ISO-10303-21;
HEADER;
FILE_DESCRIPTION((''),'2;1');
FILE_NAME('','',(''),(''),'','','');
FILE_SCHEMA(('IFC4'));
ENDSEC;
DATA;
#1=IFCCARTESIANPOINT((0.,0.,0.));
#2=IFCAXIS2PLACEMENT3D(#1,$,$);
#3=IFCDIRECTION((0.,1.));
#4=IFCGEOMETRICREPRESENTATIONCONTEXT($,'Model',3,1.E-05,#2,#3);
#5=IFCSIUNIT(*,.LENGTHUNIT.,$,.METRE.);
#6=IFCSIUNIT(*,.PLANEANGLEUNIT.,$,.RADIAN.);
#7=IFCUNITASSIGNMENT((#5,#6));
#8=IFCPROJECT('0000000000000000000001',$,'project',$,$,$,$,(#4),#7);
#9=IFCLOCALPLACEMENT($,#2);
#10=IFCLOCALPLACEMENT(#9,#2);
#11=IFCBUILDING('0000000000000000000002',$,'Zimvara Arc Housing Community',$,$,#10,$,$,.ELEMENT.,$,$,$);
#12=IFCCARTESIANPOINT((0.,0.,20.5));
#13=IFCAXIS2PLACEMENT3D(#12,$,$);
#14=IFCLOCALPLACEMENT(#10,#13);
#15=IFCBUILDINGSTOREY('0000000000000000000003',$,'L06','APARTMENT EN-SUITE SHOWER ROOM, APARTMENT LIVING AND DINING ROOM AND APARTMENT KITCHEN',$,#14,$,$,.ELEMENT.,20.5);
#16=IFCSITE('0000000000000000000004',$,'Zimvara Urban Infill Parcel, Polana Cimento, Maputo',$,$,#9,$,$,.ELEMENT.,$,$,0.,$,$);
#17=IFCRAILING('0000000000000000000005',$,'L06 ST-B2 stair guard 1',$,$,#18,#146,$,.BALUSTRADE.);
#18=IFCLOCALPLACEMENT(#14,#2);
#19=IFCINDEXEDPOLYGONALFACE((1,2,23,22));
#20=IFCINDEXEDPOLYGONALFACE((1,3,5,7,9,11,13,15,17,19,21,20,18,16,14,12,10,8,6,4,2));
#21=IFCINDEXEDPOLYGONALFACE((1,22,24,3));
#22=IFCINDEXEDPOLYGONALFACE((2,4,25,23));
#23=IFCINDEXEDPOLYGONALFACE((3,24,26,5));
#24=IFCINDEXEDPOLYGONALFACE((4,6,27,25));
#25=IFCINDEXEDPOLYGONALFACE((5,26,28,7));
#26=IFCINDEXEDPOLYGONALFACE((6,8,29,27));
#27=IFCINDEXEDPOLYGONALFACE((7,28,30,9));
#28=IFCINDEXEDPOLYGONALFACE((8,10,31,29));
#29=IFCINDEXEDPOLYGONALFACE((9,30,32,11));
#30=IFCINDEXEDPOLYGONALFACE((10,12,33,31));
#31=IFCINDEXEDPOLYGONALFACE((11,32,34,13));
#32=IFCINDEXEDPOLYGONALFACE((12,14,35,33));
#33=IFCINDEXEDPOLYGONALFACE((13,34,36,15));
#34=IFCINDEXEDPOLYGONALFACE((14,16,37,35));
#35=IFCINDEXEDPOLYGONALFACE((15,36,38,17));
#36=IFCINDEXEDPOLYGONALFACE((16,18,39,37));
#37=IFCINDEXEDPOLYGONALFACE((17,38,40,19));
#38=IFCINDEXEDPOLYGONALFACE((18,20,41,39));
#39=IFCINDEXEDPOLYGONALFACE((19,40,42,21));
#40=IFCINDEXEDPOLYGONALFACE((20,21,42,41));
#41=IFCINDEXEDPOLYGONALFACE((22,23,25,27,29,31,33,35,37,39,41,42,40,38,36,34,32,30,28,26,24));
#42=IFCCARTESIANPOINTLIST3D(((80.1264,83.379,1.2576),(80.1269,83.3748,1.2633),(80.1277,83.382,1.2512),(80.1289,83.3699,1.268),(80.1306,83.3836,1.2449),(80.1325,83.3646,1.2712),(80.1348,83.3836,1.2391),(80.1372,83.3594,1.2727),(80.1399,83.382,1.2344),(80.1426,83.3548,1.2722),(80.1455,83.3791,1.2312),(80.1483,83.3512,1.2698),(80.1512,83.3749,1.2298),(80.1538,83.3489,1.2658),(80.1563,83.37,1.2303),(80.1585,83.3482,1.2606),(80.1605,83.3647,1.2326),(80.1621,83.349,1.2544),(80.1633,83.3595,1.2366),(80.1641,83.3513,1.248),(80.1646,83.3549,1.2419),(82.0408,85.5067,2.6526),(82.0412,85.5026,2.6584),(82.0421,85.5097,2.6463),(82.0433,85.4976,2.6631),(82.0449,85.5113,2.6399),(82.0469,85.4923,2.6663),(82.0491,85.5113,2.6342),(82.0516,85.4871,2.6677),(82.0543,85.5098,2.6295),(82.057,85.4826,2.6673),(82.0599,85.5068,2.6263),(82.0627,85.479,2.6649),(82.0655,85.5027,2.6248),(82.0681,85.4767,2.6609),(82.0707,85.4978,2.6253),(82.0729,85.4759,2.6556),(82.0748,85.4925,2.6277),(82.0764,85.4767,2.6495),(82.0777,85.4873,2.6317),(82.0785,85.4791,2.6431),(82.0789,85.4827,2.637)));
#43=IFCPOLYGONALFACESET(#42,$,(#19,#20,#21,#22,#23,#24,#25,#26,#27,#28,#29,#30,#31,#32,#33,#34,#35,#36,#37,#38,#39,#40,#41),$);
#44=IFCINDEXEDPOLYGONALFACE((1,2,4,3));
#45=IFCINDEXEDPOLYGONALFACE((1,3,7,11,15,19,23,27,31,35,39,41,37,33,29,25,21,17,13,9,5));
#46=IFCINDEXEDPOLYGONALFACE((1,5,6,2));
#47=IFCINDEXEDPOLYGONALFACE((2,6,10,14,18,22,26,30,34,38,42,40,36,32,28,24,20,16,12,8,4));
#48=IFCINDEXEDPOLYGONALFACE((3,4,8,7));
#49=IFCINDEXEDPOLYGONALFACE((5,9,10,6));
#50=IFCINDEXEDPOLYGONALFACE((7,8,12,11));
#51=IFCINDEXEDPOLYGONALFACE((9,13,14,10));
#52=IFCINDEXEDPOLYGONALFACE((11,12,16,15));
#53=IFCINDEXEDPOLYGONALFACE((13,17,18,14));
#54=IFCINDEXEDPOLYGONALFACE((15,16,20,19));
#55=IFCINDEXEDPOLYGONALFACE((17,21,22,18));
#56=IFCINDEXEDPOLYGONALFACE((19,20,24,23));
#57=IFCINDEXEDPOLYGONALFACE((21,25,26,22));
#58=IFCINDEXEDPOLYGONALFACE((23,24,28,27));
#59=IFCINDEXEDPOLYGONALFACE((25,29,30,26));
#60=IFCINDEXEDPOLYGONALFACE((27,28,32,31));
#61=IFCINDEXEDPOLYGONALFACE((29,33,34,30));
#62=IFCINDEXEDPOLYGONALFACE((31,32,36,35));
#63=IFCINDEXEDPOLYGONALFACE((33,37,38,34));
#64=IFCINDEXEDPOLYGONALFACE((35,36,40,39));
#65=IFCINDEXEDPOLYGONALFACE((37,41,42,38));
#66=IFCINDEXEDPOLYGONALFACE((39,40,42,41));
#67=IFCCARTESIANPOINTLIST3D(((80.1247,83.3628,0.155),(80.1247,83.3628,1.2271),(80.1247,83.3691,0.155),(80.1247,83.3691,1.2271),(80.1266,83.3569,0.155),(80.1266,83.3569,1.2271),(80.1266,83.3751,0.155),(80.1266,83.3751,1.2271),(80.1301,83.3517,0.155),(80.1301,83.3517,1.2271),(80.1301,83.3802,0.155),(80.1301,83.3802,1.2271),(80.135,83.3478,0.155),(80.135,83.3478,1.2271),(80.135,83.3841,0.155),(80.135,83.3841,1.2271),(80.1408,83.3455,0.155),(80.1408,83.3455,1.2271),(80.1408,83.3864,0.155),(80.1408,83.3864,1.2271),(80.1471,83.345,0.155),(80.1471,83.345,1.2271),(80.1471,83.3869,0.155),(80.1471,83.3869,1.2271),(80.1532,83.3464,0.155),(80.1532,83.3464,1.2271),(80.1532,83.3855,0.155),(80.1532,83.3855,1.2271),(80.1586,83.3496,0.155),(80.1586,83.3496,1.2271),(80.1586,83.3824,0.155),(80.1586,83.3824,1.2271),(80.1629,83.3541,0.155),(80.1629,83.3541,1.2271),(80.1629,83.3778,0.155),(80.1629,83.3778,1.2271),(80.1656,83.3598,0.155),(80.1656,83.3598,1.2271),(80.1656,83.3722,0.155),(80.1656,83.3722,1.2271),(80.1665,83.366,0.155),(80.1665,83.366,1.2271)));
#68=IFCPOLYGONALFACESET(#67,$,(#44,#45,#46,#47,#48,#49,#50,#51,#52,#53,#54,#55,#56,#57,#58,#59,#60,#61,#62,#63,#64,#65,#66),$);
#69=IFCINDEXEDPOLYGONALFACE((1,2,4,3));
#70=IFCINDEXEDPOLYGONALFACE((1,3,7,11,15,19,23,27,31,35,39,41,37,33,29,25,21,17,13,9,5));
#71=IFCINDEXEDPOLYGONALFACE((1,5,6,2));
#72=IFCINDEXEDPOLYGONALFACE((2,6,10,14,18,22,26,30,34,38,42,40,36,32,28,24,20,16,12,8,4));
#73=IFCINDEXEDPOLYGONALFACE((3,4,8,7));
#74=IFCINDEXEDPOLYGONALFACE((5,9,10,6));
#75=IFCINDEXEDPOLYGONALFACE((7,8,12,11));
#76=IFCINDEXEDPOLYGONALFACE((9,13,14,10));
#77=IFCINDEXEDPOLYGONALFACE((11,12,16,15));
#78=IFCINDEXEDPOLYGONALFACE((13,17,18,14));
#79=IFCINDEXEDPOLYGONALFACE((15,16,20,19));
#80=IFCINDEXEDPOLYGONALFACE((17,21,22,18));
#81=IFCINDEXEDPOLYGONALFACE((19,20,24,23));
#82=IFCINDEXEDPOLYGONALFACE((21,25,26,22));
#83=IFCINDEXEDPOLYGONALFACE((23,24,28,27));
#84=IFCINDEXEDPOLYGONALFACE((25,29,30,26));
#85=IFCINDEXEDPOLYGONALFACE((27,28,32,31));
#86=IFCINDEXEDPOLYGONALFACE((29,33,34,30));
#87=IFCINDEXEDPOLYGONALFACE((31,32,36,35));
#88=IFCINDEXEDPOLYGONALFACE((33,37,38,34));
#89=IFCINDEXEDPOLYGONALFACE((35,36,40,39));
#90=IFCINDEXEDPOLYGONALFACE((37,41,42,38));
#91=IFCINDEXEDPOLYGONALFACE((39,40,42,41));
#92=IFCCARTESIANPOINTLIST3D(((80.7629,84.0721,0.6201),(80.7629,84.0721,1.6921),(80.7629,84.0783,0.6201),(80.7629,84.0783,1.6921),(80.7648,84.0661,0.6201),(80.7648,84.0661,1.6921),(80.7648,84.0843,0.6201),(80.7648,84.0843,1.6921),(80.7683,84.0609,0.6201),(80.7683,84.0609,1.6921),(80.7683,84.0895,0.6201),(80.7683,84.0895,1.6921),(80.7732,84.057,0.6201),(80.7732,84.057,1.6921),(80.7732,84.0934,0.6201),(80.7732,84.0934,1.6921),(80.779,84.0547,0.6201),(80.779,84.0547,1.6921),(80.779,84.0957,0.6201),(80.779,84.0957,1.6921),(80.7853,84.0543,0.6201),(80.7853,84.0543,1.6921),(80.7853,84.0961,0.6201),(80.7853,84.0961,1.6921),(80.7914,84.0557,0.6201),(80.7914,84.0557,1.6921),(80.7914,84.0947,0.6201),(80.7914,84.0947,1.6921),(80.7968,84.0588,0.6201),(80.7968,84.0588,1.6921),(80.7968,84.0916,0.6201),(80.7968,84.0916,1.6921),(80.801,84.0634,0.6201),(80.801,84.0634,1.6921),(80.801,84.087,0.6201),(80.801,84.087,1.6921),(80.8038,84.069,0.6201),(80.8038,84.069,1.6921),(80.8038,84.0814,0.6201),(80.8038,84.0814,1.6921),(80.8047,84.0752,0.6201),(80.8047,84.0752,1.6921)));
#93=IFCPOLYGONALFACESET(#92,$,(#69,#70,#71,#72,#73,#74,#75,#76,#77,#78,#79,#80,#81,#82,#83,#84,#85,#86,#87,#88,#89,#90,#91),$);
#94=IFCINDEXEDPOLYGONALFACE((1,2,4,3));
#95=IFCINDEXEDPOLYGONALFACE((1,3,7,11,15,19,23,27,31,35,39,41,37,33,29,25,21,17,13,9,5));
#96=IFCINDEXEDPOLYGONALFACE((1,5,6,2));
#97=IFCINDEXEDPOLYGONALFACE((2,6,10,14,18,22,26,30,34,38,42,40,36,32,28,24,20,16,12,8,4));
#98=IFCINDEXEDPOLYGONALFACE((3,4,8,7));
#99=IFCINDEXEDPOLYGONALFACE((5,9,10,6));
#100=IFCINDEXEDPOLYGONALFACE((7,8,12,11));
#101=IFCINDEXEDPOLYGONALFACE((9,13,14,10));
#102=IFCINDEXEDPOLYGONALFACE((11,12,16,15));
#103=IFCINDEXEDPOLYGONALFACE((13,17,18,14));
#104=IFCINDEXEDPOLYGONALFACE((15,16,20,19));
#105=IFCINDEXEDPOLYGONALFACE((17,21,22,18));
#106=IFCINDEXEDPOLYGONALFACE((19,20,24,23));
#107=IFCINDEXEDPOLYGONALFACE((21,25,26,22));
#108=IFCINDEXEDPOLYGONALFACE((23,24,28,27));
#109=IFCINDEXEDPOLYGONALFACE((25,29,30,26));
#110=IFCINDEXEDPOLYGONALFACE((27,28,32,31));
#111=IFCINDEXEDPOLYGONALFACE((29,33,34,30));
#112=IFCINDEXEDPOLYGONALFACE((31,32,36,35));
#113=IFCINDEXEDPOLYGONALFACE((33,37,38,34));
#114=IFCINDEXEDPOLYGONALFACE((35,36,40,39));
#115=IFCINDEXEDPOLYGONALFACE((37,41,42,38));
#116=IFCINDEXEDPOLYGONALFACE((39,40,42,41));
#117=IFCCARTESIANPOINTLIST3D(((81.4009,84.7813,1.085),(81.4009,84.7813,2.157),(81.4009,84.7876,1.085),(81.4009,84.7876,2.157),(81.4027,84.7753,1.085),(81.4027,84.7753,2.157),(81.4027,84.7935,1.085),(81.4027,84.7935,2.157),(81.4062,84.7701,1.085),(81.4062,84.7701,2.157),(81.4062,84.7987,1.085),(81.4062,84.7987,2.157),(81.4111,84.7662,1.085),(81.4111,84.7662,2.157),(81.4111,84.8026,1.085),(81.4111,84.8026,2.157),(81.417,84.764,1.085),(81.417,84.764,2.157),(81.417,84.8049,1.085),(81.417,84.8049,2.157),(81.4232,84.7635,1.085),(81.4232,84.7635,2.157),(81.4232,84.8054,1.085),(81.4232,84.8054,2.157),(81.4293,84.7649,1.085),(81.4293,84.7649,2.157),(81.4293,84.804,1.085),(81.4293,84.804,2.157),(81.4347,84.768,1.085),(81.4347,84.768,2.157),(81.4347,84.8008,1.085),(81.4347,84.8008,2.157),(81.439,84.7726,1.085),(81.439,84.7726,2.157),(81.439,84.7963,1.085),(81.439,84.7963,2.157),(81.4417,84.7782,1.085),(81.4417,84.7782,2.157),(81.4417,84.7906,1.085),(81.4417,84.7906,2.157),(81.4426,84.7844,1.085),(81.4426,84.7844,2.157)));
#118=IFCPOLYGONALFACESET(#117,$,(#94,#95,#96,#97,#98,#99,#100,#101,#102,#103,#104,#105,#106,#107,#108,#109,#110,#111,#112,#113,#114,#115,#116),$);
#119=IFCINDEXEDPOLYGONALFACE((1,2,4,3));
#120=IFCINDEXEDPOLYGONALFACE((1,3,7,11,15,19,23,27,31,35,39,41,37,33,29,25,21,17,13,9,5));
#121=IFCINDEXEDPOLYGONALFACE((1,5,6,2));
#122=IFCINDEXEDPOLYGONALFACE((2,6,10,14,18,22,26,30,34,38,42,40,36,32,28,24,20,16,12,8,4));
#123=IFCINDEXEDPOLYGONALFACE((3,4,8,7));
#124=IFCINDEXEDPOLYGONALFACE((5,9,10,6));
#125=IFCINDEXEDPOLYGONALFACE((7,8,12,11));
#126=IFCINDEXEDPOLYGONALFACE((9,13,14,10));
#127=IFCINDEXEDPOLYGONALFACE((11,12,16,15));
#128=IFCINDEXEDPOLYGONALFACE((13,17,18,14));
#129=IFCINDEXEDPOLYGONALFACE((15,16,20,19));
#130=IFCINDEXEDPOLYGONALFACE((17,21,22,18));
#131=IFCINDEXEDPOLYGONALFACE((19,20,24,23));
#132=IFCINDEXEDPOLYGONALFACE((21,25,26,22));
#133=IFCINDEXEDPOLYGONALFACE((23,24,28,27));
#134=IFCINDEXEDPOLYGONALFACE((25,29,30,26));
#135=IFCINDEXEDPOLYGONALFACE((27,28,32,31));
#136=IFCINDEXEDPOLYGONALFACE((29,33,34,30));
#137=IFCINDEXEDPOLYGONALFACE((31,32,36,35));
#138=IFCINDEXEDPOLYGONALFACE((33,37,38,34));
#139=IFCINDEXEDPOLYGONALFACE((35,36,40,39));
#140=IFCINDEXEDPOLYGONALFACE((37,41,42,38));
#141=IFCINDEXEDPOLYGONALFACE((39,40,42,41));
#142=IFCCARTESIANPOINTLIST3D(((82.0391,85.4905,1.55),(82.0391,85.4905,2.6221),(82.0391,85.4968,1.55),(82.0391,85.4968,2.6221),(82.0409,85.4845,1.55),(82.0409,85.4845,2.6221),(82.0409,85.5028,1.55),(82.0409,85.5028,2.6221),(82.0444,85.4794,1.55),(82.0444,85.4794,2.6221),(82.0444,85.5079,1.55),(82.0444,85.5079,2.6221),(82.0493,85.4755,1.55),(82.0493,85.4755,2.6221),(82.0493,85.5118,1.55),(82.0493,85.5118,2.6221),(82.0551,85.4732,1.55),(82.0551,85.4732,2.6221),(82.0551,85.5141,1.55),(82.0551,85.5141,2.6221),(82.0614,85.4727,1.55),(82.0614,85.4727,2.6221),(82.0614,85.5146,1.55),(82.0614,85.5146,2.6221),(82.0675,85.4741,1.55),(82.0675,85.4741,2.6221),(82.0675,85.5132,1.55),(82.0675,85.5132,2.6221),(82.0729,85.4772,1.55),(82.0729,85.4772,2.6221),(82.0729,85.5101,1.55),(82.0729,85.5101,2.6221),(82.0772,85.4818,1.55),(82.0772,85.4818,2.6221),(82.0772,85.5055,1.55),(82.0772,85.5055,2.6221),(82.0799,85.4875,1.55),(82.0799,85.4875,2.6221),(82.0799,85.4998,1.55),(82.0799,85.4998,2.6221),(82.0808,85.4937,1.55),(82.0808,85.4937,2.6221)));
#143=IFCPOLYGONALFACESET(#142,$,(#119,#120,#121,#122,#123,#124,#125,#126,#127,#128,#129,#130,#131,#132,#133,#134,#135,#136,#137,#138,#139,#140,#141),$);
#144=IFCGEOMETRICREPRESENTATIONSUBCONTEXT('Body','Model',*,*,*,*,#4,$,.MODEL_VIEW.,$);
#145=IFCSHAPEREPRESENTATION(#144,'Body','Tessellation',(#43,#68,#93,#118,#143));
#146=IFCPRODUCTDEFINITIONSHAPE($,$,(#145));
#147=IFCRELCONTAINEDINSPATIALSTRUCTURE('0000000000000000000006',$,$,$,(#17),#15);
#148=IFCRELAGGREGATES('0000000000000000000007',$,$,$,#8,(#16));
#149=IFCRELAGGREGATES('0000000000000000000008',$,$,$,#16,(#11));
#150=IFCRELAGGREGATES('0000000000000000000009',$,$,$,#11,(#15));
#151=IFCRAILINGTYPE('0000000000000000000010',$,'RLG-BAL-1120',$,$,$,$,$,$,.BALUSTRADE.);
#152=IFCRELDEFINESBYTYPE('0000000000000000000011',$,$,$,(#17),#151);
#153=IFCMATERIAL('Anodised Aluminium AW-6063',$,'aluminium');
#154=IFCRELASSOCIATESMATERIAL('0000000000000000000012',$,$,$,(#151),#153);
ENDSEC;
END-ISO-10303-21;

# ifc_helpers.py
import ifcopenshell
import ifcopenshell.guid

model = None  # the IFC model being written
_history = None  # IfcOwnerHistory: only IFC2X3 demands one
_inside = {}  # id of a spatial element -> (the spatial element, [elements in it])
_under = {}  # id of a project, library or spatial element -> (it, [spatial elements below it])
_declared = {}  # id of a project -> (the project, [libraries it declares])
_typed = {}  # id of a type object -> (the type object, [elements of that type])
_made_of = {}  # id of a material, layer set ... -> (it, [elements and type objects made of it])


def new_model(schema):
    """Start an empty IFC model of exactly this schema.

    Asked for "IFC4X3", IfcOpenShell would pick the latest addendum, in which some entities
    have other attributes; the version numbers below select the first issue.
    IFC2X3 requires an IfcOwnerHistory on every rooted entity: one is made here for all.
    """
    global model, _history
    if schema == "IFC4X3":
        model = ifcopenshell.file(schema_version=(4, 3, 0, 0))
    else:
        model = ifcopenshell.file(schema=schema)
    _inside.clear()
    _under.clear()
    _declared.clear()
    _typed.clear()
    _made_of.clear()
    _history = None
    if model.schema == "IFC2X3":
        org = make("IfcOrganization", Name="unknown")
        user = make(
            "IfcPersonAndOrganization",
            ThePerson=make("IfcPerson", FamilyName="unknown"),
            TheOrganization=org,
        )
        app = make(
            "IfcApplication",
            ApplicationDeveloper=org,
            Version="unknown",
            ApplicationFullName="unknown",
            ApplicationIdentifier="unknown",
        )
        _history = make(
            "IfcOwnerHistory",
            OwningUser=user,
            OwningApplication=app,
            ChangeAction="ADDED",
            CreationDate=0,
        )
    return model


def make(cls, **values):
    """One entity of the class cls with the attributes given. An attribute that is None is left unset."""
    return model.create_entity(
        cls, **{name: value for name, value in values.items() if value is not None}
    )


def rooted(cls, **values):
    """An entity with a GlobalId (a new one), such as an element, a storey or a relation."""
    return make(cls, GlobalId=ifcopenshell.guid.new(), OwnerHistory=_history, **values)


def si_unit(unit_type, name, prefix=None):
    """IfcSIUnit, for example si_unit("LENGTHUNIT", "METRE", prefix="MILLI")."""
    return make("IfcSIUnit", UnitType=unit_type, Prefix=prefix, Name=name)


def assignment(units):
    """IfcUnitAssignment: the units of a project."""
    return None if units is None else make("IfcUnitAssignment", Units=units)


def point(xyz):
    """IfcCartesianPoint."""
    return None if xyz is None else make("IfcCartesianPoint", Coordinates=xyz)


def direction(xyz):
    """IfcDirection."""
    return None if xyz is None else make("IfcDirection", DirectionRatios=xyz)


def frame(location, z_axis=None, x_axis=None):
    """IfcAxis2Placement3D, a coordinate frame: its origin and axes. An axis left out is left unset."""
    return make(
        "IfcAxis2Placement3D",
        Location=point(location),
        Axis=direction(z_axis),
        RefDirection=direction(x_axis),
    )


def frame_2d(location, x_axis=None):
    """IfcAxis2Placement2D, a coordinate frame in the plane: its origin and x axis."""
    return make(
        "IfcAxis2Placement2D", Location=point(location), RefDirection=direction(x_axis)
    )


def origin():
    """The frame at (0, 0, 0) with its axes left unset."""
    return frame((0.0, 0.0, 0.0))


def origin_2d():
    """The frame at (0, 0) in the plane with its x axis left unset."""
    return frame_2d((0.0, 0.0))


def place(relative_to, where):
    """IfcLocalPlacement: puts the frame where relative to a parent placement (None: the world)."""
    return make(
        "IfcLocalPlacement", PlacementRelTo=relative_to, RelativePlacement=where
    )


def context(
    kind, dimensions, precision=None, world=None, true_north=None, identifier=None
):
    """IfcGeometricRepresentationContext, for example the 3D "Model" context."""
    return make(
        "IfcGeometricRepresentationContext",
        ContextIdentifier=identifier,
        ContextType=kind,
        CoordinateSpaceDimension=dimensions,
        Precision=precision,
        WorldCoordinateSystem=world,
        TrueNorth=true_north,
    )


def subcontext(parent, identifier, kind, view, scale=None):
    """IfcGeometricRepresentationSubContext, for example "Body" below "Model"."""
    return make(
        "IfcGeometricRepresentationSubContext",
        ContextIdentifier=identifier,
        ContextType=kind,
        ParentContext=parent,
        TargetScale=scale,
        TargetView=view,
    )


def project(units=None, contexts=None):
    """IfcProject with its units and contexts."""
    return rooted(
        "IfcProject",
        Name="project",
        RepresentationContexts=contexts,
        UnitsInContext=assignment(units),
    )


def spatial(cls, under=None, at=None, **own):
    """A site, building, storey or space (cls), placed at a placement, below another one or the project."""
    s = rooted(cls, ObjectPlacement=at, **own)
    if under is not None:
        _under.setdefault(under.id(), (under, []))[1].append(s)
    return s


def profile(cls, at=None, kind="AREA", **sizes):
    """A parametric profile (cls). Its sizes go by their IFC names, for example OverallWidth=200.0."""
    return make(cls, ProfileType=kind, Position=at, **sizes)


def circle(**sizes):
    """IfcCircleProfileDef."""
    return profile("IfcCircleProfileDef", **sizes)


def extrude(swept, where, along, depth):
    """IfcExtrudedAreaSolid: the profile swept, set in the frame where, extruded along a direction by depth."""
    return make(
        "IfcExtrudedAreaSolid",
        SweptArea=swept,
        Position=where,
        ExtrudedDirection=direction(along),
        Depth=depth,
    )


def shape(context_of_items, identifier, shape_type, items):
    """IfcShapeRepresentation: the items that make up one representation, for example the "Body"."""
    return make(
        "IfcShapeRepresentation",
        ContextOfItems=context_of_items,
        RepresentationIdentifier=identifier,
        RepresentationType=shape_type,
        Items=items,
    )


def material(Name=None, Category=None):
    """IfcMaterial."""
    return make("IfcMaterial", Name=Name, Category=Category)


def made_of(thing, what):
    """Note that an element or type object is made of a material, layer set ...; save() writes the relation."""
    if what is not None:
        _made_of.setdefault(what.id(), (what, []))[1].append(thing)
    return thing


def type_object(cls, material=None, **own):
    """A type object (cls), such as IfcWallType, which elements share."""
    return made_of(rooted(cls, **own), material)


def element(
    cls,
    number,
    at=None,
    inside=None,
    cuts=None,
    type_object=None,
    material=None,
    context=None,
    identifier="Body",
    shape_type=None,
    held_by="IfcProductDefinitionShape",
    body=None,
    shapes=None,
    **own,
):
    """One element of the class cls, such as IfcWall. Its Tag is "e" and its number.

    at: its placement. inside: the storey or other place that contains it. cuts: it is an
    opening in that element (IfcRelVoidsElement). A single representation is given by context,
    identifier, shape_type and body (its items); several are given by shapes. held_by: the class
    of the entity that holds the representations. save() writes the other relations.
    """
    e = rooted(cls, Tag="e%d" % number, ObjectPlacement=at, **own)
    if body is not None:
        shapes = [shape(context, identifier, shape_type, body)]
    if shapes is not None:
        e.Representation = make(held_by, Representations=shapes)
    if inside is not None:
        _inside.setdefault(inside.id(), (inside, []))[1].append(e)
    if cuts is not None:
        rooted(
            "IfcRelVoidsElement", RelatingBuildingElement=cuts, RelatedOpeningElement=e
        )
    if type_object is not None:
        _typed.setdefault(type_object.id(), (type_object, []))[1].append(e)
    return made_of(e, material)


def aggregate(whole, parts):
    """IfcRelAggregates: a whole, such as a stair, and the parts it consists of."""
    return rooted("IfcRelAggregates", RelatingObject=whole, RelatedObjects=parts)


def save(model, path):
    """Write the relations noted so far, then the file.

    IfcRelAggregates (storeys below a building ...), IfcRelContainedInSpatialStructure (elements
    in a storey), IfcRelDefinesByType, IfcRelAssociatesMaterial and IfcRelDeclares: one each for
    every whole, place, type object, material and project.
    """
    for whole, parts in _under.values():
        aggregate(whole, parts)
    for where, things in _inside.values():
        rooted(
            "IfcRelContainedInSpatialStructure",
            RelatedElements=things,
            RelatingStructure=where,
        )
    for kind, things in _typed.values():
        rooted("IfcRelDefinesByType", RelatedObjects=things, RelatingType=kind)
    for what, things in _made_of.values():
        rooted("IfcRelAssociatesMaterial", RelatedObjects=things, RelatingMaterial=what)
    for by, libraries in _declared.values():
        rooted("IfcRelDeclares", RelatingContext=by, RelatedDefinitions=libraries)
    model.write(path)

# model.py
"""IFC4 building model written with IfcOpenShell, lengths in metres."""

from ifc_helpers import new_model, si_unit, direction, frame, origin, origin_2d, place, context, subcontext, project, spatial, circle, extrude, material, type_object, element, save


model = new_model("IFC4")

# Units and contexts
model_context = context("Model", 3, precision=1e-05, world=origin(), true_north=direction((0.0, 1.0)))
body_context = subcontext(model_context, "Body", "Model", "MODEL_VIEW")
ifc_project = project(units=[si_unit("LENGTHUNIT", "METRE"), si_unit("PLANEANGLEUNIT", "RADIAN")], contexts=[model_context])

# Site, building, storey
site_placement = place(None, origin())
site = spatial("IfcSite", under=ifc_project, at=site_placement, Name="Zimvara Urban Infill Parcel, Polana Cimento, Maputo", CompositionType="ELEMENT", RefElevation=0.0)
building_placement = place(site_placement, origin())
building = spatial("IfcBuilding", under=site, at=building_placement, Name="Zimvara Arc Housing Community", CompositionType="ELEMENT")
storey_placement = place(building_placement, frame((0.0, 0.0, 20.5)))
storey = spatial("IfcBuildingStorey", under=building, at=storey_placement, Name="L06", Description="APARTMENT EN-SUITE SHOWER ROOM, APARTMENT LIVING AND DINING ROOM AND APARTMENT KITCHEN", CompositionType="ELEMENT", Elevation=20.5)

# Railing
ifc_material_1 = material(Name="Anodised Aluminium AW-6063", Category="aluminium")
railing_type_1 = type_object("IfcRailingType", Name="RLG-BAL-1120", PredefinedType="BALUSTRADE", material=ifc_material_1)
railing_1_placement = place(storey_placement, frame((80.1455, 83.366, 0.155)))
element("IfcRailing", 1, at=railing_1_placement, inside=storey, type_object=railing_type_1, Name="L06 ST-B2 stair guard 1", PredefinedType="BALUSTRADE", context=body_context, shape_type="SweptSolid", body=[
    extrude(circle(Radius=0.0239, at=origin_2d()), frame((0.0, 0.0, 1.0962), z_axis=(0.601232, 0.668248, 0.438138), x_axis=(-0.7434, 0.668847, 0.0)), (0.0, 0.0, 1.0), 3.1841),
    extrude(circle(Radius=0.021, at=origin_2d()), origin(), (0.0, 0.0, 1.0), 1.072),
    extrude(circle(Radius=0.021, at=origin_2d()), frame((0.6382, 0.7092, 0.4651)), (0.0, 0.0, 1.0), 1.072),
    extrude(circle(Radius=0.021, at=origin_2d()), frame((1.2761, 1.4185, 0.9299)), (0.0, 0.0, 1.0), 1.072),
    extrude(circle(Radius=0.021, at=origin_2d()), frame((1.9143, 2.1277, 1.395)), (0.0, 0.0, 1.0), 1.072),
])

save(model, "model.ifc")
